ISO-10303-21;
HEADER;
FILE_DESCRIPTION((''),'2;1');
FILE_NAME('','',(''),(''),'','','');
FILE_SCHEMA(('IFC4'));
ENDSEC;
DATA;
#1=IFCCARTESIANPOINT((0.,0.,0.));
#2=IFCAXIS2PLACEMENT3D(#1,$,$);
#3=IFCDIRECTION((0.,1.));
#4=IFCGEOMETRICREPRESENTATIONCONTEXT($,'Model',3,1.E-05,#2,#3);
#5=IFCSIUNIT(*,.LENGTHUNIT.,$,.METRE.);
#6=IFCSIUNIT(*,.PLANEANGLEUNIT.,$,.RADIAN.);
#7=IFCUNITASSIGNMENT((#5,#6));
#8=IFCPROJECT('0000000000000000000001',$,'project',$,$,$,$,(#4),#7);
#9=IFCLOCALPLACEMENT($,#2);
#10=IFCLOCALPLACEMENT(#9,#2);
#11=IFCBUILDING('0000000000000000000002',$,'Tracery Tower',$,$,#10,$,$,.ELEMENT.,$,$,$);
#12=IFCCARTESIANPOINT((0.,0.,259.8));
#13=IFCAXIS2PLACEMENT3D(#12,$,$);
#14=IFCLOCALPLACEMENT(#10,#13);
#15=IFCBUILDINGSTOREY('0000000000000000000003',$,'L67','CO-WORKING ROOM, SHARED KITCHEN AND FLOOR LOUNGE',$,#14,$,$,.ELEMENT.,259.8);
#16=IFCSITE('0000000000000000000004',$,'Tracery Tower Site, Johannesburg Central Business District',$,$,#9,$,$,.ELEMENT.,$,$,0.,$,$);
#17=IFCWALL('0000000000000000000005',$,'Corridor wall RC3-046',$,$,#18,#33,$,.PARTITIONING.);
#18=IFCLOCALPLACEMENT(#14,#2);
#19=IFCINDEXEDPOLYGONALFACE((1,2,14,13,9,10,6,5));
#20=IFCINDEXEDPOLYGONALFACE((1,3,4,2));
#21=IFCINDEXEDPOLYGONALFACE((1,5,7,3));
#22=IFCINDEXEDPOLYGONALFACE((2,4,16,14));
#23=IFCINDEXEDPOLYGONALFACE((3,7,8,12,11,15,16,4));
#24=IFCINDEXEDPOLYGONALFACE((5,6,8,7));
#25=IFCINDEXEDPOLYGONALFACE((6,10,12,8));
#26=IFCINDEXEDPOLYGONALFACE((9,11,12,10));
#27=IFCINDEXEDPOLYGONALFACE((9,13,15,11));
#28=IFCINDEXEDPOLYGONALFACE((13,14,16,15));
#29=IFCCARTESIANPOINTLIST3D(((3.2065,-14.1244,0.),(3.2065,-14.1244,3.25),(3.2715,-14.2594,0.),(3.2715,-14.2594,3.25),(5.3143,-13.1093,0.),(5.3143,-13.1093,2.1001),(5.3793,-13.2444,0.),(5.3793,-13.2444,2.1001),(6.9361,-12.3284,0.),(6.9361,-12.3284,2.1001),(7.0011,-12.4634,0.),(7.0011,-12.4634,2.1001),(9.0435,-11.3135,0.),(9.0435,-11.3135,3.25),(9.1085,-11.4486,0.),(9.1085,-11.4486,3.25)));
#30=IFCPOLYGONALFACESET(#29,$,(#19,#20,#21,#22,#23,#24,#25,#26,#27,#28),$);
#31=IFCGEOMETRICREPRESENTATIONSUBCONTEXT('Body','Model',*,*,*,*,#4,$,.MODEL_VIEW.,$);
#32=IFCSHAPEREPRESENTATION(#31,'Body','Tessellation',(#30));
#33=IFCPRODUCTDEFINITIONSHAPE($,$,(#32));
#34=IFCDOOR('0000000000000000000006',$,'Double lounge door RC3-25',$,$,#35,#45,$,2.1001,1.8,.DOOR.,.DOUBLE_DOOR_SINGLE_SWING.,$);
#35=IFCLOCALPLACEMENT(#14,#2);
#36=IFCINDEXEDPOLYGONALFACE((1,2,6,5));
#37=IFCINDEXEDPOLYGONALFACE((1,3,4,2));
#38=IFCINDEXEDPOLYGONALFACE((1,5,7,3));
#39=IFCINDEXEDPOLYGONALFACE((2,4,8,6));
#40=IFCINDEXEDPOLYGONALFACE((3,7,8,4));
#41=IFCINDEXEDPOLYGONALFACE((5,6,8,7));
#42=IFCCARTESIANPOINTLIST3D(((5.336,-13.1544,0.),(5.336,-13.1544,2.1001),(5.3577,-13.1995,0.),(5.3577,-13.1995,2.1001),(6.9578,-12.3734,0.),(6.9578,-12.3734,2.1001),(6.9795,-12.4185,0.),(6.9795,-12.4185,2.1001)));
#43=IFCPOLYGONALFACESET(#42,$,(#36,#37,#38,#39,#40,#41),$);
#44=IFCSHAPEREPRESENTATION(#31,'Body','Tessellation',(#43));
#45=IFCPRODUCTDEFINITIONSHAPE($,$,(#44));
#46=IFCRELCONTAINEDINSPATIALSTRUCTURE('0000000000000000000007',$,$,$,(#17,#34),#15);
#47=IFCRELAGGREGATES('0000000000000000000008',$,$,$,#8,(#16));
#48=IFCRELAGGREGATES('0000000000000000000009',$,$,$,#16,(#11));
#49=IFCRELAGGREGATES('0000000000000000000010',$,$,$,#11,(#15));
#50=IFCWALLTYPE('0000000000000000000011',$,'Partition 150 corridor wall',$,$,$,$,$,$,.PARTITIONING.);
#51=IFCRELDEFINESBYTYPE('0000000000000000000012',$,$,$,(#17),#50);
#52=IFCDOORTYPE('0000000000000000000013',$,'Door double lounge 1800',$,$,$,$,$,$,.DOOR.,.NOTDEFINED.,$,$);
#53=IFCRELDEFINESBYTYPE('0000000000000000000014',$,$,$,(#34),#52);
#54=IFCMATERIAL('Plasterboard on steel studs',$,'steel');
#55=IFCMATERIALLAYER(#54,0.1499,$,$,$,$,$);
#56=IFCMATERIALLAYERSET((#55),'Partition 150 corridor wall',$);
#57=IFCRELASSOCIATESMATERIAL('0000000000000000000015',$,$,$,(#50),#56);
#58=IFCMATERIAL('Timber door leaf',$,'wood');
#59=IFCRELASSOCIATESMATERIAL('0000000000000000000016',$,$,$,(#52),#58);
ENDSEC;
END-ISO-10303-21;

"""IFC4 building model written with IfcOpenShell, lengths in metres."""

from ifc_helpers import new_model, si_unit, direction, frame, frame_2d, origin, place, context, subcontext, project, spatial, rectangle, extrude, material, layer, layer_set, type_object, element, fill, save


model = new_model("IFC4")

# Units and contexts
model_context = context("Model", 3, precision=1e-05, world=origin(), true_north=direction((0.0, 1.0)))
body_context = subcontext(model_context, "Body", "Model", "MODEL_VIEW")
ifc_project = project(units=[si_unit("LENGTHUNIT", "METRE"), si_unit("PLANEANGLEUNIT", "RADIAN")], contexts=[model_context])

# Site, building, storey
site_placement = place(None, origin())
site = spatial("IfcSite", under=ifc_project, at=site_placement, Name="Tracery Tower Site, Johannesburg Central Business District", CompositionType="ELEMENT", RefElevation=0.0)
building_placement = place(site_placement, origin())
building = spatial("IfcBuilding", under=site, at=building_placement, Name="Tracery Tower", CompositionType="ELEMENT")
storey_placement = place(building_placement, frame((0.0, 0.0, 259.8)))
storey = spatial("IfcBuildingStorey", under=building, at=storey_placement, Name="L67", Description="CO-WORKING ROOM, SHARED KITCHEN AND FLOOR LOUNGE", CompositionType="ELEMENT", Elevation=259.8)

# Shared definitions
ifc_material_1 = material(Name="Plasterboard on steel studs", Category="steel")
ifc_layer_1 = layer(ifc_material_1, 0.1499)
ifc_layer_set_1 = layer_set([ifc_layer_1], Name="Partition 150 corridor wall")
wall_type_1 = type_object("IfcWallType", Name="Partition 150 corridor wall", PredefinedType="PARTITIONING", material=ifc_layer_set_1)

# Wall, opening, door
wall_1_placement = place(storey_placement, frame((3.239, -14.1919, 0.0), z_axis=(0.0, 0.0, 1.0), x_axis=(0.900976, 0.433869, 0.0)))
wall_1 = element("IfcWall", 1, at=wall_1_placement, inside=storey, type_object=wall_type_1, Name="Corridor wall RC3-046", PredefinedType="PARTITIONING", context=body_context, shape_type="SweptSolid", body=[
    extrude(rectangle(XDim=6.4785, YDim=0.1499, at=frame_2d((3.2393, 0.0))), origin(), (0.0, 0.0, 1.0), 3.25),
])
opening_1_placement = place(wall_1_placement, frame((2.3396, 0.0, 0.0)))
opening_1 = element("IfcOpeningElement", 2, at=opening_1_placement, cuts=wall_1, PredefinedType="OPENING", context=body_context, shape_type="SweptSolid", body=[
    extrude(rectangle(XDim=1.8, YDim=2.1001, at=frame_2d((0.8999, 1.05))), frame((0.0, 0.075, 0.0), z_axis=(0.0, -1.0, 0.0), x_axis=(1.0, 0.0, 0.0)), (0.0, 0.0, 1.0), 0.1499),
])
ifc_material_2 = material(Name="Timber door leaf", Category="wood")
door_type = type_object("IfcDoorType", Name="Door double lounge 1800", OperationType="NOTDEFINED", PredefinedType="DOOR", material=ifc_material_2)
door_placement = place(opening_1_placement, origin())
door = element("IfcDoor", 3, at=door_placement, inside=storey, type_object=door_type, Name="Double lounge door RC3-25", OperationType="DOUBLE_DOOR_SINGLE_SWING", OverallHeight=2.1001, OverallWidth=1.8, PredefinedType="DOOR", context=body_context, shape_type="SweptSolid", body=[
    extrude(rectangle(XDim=1.8, YDim=2.1001, at=frame_2d((0.8999, 1.05))), frame((0.0, 0.0249, 0.0), z_axis=(0.0, -1.0, 0.0), x_axis=(1.0, 0.0, 0.0)), (0.0, 0.0, 1.0), 0.05),
])
fill(opening_1, door)

save(model, "model.ifc")
